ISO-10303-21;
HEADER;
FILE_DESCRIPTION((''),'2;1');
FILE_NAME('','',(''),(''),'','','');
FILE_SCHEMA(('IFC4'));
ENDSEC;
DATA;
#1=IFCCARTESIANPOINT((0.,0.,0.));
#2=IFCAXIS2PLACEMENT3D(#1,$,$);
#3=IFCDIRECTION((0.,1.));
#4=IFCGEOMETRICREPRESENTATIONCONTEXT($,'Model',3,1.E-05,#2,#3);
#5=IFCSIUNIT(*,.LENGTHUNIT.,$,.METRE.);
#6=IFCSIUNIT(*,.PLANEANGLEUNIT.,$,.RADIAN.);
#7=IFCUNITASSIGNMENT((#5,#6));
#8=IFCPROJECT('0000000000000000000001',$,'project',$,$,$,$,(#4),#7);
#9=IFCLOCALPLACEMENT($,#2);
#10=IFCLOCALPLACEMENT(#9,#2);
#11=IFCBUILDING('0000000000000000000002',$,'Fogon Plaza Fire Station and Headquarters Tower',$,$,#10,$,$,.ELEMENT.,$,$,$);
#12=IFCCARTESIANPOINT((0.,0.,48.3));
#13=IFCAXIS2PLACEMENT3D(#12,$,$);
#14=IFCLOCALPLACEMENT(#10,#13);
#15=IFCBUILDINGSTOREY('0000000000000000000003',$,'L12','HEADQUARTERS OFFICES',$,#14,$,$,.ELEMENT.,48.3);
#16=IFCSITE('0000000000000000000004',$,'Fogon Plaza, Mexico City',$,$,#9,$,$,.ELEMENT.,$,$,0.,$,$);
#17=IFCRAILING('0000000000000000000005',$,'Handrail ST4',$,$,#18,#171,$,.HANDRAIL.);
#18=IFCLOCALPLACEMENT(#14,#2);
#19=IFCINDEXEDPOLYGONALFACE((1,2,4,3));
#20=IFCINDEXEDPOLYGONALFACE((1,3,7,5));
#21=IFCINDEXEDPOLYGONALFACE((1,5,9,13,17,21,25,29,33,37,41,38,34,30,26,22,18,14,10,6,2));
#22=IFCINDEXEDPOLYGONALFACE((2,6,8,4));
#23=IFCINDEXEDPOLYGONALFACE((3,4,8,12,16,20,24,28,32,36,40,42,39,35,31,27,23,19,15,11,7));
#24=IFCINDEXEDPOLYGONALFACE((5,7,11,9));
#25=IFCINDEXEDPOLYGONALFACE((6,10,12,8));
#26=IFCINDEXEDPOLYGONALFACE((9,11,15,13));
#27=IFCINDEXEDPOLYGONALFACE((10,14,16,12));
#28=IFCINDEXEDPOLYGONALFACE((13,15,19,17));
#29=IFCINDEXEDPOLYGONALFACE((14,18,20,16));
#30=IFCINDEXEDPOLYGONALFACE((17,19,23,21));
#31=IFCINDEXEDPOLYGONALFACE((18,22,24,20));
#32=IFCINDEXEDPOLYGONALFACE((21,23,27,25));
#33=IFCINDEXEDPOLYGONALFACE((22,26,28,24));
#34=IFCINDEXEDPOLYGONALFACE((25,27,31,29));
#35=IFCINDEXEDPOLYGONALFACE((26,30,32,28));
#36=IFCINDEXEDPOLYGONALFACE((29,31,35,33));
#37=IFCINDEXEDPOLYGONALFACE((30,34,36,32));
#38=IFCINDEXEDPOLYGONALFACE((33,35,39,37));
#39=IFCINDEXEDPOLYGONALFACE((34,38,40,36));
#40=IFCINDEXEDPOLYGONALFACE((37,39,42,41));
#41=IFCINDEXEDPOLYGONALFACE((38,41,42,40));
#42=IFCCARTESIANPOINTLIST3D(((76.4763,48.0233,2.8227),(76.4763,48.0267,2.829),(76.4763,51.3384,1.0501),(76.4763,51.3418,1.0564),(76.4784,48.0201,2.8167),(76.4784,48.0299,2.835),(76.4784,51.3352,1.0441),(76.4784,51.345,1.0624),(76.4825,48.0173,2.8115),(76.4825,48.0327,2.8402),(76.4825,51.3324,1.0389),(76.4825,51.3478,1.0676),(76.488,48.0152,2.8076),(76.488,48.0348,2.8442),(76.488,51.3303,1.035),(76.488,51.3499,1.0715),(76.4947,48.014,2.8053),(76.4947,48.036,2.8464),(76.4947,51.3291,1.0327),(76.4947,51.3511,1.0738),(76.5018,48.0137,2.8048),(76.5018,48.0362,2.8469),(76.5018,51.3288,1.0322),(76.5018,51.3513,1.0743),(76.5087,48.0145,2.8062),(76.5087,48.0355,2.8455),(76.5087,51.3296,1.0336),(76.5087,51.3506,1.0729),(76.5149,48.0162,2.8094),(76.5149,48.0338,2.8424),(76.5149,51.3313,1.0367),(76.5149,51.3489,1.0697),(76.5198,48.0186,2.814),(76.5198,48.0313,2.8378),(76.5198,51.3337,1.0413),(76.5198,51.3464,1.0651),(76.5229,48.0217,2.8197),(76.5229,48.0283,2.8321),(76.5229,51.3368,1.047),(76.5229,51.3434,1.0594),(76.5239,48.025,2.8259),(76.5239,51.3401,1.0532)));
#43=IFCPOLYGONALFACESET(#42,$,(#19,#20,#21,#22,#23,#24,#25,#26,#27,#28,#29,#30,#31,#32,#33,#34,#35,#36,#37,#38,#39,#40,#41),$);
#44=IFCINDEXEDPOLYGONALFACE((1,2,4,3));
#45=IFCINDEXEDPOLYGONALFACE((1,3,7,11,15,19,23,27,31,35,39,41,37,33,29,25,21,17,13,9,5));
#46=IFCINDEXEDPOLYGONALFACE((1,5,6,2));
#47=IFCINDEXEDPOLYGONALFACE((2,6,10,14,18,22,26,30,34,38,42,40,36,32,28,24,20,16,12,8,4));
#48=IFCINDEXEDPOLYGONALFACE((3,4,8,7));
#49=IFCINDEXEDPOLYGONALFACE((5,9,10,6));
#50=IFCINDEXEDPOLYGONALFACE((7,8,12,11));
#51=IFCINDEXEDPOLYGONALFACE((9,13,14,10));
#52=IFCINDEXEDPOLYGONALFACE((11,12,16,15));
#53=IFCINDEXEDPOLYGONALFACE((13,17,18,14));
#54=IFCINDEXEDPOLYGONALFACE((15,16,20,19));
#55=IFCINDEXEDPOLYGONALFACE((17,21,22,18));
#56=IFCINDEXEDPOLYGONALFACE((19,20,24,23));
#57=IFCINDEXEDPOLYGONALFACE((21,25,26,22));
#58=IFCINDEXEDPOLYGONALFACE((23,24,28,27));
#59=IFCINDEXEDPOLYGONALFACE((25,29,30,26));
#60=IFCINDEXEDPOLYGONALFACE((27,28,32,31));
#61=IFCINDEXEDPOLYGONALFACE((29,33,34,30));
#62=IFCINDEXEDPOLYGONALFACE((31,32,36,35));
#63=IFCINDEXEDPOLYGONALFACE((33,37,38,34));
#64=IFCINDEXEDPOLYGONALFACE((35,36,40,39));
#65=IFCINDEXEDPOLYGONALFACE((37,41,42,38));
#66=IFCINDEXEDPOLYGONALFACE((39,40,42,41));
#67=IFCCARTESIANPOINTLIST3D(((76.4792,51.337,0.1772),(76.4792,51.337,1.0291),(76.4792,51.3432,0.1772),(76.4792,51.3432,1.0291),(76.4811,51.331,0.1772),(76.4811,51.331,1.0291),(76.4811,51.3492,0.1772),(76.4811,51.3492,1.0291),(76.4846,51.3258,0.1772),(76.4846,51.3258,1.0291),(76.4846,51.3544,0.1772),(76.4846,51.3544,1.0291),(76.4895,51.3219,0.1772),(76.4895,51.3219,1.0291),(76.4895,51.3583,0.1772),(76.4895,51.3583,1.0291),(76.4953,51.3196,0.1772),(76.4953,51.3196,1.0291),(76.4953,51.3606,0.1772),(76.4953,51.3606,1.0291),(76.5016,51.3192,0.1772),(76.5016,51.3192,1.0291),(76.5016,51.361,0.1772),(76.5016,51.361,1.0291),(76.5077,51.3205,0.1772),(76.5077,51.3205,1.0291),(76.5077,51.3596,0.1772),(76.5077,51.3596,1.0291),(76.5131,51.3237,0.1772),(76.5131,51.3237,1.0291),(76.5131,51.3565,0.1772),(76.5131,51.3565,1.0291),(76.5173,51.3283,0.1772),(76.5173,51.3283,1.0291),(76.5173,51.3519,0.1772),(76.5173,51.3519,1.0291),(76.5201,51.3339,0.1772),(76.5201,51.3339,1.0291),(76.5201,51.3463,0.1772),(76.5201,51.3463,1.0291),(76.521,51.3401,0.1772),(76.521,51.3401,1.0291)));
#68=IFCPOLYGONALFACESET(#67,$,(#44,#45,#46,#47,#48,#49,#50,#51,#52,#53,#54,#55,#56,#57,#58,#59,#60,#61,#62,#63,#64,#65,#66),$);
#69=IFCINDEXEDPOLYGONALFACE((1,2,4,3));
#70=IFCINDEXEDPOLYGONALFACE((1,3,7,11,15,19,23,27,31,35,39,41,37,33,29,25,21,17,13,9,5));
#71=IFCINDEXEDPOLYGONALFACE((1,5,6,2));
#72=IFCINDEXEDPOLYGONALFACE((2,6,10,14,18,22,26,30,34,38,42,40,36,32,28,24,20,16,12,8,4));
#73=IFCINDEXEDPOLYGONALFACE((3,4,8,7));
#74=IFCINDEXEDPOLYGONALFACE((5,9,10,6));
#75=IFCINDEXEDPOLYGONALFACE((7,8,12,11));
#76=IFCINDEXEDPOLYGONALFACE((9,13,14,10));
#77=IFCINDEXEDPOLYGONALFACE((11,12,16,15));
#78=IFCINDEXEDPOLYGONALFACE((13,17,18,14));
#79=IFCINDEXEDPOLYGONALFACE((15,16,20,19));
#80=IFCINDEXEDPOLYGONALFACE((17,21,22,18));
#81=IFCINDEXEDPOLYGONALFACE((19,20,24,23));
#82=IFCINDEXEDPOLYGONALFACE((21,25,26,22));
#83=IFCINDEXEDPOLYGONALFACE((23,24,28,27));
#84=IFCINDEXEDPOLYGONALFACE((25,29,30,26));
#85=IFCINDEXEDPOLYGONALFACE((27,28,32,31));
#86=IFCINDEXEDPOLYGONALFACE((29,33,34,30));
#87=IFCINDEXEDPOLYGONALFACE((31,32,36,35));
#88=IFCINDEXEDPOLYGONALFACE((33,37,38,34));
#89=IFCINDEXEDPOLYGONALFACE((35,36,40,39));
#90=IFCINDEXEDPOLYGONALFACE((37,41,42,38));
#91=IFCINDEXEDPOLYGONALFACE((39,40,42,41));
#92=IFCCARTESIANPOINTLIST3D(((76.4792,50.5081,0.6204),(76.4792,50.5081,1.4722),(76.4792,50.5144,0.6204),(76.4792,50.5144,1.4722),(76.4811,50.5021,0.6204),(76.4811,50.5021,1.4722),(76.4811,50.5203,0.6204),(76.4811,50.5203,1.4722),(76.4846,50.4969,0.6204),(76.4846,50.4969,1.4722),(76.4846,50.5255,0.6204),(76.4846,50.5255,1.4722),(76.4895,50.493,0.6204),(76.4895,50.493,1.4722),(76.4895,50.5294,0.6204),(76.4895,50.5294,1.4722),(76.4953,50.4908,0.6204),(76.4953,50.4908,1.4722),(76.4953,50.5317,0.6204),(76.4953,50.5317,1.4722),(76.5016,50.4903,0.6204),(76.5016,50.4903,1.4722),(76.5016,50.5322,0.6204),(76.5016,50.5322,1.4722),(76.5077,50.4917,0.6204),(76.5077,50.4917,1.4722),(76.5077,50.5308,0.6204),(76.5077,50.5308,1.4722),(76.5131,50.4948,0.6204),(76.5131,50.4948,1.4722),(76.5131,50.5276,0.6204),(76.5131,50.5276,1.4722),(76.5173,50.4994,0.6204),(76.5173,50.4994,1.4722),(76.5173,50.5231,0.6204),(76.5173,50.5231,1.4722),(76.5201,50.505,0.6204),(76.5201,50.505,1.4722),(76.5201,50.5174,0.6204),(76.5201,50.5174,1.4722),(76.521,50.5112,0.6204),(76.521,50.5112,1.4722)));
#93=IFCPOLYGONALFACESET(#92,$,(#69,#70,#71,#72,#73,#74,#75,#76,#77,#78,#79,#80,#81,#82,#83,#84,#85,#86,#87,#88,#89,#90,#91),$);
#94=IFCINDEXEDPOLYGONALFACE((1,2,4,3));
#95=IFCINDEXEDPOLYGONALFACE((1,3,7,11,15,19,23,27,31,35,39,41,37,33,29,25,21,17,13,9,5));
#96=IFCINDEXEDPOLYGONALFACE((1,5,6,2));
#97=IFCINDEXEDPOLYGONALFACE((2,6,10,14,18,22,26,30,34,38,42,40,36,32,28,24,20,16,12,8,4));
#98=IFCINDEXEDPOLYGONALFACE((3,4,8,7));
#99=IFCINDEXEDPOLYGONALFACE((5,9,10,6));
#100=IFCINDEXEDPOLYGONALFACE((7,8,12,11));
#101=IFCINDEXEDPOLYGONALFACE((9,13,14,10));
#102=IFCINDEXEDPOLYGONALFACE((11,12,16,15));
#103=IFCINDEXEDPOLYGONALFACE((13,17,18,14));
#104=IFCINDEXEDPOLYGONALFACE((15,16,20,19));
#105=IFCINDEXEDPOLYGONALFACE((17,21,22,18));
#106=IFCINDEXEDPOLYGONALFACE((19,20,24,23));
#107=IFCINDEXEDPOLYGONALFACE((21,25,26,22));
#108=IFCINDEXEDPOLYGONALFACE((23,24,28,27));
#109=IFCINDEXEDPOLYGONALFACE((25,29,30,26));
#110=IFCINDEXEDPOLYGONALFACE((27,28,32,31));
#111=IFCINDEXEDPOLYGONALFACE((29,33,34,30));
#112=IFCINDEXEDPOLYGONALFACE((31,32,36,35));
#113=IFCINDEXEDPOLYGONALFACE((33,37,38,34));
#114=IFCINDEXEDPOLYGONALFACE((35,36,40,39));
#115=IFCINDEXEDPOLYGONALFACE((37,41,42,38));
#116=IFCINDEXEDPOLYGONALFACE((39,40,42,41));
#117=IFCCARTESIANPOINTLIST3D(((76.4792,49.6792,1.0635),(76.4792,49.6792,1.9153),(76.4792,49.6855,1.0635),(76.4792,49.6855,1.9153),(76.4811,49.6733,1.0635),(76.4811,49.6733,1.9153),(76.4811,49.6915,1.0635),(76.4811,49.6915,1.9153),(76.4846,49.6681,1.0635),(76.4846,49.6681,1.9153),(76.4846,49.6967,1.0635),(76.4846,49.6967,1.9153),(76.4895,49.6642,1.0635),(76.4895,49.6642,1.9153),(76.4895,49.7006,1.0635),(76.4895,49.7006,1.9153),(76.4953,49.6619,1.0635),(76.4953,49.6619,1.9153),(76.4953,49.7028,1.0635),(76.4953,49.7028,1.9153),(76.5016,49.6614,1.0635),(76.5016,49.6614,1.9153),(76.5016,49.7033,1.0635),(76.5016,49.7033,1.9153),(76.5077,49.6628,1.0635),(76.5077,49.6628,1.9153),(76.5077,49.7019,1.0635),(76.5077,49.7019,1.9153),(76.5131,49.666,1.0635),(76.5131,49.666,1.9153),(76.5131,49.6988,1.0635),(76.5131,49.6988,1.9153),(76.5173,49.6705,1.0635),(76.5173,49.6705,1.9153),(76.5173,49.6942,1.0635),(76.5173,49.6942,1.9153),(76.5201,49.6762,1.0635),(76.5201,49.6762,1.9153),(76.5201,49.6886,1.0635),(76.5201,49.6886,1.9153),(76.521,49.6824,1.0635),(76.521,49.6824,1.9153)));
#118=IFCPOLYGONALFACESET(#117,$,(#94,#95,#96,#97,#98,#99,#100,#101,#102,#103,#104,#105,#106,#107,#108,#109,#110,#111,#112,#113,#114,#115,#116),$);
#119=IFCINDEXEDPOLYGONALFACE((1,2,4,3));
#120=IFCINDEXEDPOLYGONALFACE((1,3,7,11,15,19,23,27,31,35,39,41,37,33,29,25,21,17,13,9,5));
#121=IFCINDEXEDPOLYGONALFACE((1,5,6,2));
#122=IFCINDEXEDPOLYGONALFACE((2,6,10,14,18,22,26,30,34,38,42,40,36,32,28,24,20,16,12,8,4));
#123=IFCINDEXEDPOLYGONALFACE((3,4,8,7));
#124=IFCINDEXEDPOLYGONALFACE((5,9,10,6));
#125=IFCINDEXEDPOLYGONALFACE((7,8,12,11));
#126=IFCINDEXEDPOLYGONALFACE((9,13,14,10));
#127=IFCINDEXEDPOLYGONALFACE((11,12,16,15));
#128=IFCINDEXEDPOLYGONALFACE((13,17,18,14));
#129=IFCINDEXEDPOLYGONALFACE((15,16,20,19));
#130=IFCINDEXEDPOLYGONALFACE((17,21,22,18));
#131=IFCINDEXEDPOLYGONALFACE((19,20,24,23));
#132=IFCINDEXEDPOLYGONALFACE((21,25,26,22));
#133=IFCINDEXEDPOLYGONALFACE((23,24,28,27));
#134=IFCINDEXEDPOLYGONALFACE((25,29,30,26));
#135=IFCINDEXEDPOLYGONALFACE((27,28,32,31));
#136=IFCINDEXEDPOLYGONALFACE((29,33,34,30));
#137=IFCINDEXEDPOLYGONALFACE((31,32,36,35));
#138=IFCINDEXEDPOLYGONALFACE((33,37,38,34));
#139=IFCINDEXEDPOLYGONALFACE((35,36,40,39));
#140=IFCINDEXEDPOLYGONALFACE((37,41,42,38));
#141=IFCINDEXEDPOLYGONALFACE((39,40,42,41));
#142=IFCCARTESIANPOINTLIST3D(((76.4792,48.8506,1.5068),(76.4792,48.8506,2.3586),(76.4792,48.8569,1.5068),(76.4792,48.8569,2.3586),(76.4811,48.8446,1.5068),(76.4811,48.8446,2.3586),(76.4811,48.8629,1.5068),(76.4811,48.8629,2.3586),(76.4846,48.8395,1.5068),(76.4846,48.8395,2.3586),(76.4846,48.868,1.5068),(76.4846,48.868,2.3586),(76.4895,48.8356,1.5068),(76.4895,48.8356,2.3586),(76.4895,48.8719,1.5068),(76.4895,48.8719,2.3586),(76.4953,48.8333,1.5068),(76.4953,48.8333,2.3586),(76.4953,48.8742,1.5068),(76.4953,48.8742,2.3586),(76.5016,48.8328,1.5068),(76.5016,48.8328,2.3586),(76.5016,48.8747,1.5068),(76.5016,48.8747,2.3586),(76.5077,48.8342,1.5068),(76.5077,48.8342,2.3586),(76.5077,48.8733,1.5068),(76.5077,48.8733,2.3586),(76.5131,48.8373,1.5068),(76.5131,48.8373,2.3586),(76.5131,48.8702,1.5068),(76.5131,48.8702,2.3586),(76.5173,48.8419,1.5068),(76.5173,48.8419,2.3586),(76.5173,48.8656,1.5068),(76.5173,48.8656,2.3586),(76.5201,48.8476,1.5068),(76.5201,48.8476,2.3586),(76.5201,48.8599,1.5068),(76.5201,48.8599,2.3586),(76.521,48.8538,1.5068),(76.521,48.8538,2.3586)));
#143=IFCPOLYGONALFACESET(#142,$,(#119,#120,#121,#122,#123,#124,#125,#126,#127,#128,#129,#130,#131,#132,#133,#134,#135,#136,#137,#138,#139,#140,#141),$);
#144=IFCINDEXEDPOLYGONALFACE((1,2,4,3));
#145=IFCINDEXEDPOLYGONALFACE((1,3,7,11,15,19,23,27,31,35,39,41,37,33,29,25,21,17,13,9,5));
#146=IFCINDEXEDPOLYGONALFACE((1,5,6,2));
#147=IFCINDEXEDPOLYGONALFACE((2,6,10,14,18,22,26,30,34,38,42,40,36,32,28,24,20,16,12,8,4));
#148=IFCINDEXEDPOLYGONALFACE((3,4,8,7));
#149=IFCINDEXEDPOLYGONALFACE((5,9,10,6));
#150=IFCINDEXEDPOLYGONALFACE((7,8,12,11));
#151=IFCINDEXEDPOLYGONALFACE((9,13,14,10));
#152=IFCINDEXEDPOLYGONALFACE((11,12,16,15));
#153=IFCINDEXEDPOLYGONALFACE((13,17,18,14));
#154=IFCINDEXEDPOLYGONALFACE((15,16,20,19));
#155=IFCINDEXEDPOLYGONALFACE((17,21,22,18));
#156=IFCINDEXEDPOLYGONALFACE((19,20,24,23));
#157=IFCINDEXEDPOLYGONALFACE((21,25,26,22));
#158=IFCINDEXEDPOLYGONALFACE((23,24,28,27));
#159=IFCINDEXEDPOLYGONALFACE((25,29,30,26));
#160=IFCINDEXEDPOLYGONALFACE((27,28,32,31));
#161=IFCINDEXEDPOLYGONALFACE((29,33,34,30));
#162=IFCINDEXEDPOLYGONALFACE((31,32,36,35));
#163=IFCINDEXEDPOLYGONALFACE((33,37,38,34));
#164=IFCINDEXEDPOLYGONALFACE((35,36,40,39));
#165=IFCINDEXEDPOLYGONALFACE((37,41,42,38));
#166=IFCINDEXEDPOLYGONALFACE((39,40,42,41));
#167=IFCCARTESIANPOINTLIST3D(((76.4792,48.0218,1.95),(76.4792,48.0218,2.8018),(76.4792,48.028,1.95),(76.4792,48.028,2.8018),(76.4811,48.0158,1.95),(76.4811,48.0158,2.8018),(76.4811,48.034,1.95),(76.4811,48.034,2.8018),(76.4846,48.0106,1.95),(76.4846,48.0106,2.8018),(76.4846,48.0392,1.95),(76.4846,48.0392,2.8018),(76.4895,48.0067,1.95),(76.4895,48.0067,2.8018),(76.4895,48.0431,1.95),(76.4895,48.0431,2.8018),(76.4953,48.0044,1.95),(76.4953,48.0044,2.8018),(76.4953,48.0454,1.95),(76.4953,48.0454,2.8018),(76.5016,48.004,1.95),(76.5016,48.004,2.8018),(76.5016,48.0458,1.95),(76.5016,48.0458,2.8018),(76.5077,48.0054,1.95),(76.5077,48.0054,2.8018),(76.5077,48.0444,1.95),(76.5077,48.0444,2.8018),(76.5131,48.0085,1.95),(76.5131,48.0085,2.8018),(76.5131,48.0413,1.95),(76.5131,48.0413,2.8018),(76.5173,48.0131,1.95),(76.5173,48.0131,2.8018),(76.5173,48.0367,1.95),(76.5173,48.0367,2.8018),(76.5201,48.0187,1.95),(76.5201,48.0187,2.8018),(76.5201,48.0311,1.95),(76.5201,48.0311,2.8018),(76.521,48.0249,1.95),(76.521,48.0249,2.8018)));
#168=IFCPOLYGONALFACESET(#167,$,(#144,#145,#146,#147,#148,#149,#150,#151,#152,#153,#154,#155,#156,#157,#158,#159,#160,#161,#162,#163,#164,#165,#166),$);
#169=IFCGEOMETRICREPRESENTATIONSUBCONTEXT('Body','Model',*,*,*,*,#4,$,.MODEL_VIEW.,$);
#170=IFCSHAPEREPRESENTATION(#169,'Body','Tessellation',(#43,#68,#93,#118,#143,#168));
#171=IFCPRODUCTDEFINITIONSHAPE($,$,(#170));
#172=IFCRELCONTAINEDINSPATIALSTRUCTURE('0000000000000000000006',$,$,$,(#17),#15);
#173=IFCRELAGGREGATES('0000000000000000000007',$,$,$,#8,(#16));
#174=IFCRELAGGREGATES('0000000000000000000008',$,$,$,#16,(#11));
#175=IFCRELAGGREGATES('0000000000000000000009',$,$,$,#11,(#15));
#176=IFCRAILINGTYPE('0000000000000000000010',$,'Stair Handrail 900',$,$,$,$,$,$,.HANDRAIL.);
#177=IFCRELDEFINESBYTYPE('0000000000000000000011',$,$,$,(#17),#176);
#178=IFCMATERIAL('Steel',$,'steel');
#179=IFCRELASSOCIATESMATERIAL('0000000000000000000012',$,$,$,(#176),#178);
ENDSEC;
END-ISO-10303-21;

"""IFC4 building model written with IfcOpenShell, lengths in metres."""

from ifc_helpers import new_model, si_unit, direction, frame, origin, origin_2d, place, context, subcontext, project, spatial, circle, extrude, material, type_object, element, save


model = new_model("IFC4")

# Units and contexts
model_context = context("Model", 3, precision=1e-05, world=origin(), true_north=direction((0.0, 1.0)))
body_context = subcontext(model_context, "Body", "Model", "MODEL_VIEW")
ifc_project = project(units=[si_unit("LENGTHUNIT", "METRE"), si_unit("PLANEANGLEUNIT", "RADIAN")], contexts=[model_context])

# Site, building, storey
site_placement = place(None, origin())
site = spatial("IfcSite", under=ifc_project, at=site_placement, Name="Fogon Plaza, Mexico City", CompositionType="ELEMENT", RefElevation=0.0)
building_placement = place(site_placement, origin())
building = spatial("IfcBuilding", under=site, at=building_placement, Name="Fogon Plaza Fire Station and Headquarters Tower", CompositionType="ELEMENT")
storey_placement = place(building_placement, frame((0.0, 0.0, 48.3)))
storey = spatial("IfcBuildingStorey", under=building, at=storey_placement, Name="L12", Description="HEADQUARTERS OFFICES", CompositionType="ELEMENT", Elevation=48.3)

# Railing
ifc_material_1 = material(Name="Steel", Category="steel")
railing_type = type_object("IfcRailingType", Name="Stair Handrail 900", PredefinedType="HANDRAIL", material=ifc_material_1)
for number, where, name in (
    (1, (76.5, 51.3401, 0.1772), "Handrail ST4"),
):
    element("IfcRailing", number, at=place(storey_placement, frame(where)), inside=storey, type_object=railing_type, Name=name, PredefinedType="HANDRAIL", context=body_context, shape_type="SweptSolid", body=[
        extrude(circle(Radius=0.0239, at=origin_2d()), frame((0.0, 0.0, 0.876), z_axis=(0.0, -0.881844, 0.471542), x_axis=(1.0, 0.0, 0.0)), (0.0, 0.0, 1.0), 3.7593),
        extrude(circle(Radius=0.021, at=origin_2d()), origin(), (0.0, 0.0, 1.0), 0.8518),
        extrude(circle(Radius=0.021, at=origin_2d()), frame((0.0, -0.8289, 0.4431)), (0.0, 0.0, 1.0), 0.8518),
        extrude(circle(Radius=0.021, at=origin_2d()), frame((0.0, -1.6577, 0.8862)), (0.0, 0.0, 1.0), 0.8518),
        extrude(circle(Radius=0.021, at=origin_2d()), frame((0.0, -2.4863, 1.3296)), (0.0, 0.0, 1.0), 0.8518),
        extrude(circle(Radius=0.021, at=origin_2d()), frame((0.0, -3.3152, 1.7727)), (0.0, 0.0, 1.0), 0.8518),
    ])

save(model, "model.ifc")
